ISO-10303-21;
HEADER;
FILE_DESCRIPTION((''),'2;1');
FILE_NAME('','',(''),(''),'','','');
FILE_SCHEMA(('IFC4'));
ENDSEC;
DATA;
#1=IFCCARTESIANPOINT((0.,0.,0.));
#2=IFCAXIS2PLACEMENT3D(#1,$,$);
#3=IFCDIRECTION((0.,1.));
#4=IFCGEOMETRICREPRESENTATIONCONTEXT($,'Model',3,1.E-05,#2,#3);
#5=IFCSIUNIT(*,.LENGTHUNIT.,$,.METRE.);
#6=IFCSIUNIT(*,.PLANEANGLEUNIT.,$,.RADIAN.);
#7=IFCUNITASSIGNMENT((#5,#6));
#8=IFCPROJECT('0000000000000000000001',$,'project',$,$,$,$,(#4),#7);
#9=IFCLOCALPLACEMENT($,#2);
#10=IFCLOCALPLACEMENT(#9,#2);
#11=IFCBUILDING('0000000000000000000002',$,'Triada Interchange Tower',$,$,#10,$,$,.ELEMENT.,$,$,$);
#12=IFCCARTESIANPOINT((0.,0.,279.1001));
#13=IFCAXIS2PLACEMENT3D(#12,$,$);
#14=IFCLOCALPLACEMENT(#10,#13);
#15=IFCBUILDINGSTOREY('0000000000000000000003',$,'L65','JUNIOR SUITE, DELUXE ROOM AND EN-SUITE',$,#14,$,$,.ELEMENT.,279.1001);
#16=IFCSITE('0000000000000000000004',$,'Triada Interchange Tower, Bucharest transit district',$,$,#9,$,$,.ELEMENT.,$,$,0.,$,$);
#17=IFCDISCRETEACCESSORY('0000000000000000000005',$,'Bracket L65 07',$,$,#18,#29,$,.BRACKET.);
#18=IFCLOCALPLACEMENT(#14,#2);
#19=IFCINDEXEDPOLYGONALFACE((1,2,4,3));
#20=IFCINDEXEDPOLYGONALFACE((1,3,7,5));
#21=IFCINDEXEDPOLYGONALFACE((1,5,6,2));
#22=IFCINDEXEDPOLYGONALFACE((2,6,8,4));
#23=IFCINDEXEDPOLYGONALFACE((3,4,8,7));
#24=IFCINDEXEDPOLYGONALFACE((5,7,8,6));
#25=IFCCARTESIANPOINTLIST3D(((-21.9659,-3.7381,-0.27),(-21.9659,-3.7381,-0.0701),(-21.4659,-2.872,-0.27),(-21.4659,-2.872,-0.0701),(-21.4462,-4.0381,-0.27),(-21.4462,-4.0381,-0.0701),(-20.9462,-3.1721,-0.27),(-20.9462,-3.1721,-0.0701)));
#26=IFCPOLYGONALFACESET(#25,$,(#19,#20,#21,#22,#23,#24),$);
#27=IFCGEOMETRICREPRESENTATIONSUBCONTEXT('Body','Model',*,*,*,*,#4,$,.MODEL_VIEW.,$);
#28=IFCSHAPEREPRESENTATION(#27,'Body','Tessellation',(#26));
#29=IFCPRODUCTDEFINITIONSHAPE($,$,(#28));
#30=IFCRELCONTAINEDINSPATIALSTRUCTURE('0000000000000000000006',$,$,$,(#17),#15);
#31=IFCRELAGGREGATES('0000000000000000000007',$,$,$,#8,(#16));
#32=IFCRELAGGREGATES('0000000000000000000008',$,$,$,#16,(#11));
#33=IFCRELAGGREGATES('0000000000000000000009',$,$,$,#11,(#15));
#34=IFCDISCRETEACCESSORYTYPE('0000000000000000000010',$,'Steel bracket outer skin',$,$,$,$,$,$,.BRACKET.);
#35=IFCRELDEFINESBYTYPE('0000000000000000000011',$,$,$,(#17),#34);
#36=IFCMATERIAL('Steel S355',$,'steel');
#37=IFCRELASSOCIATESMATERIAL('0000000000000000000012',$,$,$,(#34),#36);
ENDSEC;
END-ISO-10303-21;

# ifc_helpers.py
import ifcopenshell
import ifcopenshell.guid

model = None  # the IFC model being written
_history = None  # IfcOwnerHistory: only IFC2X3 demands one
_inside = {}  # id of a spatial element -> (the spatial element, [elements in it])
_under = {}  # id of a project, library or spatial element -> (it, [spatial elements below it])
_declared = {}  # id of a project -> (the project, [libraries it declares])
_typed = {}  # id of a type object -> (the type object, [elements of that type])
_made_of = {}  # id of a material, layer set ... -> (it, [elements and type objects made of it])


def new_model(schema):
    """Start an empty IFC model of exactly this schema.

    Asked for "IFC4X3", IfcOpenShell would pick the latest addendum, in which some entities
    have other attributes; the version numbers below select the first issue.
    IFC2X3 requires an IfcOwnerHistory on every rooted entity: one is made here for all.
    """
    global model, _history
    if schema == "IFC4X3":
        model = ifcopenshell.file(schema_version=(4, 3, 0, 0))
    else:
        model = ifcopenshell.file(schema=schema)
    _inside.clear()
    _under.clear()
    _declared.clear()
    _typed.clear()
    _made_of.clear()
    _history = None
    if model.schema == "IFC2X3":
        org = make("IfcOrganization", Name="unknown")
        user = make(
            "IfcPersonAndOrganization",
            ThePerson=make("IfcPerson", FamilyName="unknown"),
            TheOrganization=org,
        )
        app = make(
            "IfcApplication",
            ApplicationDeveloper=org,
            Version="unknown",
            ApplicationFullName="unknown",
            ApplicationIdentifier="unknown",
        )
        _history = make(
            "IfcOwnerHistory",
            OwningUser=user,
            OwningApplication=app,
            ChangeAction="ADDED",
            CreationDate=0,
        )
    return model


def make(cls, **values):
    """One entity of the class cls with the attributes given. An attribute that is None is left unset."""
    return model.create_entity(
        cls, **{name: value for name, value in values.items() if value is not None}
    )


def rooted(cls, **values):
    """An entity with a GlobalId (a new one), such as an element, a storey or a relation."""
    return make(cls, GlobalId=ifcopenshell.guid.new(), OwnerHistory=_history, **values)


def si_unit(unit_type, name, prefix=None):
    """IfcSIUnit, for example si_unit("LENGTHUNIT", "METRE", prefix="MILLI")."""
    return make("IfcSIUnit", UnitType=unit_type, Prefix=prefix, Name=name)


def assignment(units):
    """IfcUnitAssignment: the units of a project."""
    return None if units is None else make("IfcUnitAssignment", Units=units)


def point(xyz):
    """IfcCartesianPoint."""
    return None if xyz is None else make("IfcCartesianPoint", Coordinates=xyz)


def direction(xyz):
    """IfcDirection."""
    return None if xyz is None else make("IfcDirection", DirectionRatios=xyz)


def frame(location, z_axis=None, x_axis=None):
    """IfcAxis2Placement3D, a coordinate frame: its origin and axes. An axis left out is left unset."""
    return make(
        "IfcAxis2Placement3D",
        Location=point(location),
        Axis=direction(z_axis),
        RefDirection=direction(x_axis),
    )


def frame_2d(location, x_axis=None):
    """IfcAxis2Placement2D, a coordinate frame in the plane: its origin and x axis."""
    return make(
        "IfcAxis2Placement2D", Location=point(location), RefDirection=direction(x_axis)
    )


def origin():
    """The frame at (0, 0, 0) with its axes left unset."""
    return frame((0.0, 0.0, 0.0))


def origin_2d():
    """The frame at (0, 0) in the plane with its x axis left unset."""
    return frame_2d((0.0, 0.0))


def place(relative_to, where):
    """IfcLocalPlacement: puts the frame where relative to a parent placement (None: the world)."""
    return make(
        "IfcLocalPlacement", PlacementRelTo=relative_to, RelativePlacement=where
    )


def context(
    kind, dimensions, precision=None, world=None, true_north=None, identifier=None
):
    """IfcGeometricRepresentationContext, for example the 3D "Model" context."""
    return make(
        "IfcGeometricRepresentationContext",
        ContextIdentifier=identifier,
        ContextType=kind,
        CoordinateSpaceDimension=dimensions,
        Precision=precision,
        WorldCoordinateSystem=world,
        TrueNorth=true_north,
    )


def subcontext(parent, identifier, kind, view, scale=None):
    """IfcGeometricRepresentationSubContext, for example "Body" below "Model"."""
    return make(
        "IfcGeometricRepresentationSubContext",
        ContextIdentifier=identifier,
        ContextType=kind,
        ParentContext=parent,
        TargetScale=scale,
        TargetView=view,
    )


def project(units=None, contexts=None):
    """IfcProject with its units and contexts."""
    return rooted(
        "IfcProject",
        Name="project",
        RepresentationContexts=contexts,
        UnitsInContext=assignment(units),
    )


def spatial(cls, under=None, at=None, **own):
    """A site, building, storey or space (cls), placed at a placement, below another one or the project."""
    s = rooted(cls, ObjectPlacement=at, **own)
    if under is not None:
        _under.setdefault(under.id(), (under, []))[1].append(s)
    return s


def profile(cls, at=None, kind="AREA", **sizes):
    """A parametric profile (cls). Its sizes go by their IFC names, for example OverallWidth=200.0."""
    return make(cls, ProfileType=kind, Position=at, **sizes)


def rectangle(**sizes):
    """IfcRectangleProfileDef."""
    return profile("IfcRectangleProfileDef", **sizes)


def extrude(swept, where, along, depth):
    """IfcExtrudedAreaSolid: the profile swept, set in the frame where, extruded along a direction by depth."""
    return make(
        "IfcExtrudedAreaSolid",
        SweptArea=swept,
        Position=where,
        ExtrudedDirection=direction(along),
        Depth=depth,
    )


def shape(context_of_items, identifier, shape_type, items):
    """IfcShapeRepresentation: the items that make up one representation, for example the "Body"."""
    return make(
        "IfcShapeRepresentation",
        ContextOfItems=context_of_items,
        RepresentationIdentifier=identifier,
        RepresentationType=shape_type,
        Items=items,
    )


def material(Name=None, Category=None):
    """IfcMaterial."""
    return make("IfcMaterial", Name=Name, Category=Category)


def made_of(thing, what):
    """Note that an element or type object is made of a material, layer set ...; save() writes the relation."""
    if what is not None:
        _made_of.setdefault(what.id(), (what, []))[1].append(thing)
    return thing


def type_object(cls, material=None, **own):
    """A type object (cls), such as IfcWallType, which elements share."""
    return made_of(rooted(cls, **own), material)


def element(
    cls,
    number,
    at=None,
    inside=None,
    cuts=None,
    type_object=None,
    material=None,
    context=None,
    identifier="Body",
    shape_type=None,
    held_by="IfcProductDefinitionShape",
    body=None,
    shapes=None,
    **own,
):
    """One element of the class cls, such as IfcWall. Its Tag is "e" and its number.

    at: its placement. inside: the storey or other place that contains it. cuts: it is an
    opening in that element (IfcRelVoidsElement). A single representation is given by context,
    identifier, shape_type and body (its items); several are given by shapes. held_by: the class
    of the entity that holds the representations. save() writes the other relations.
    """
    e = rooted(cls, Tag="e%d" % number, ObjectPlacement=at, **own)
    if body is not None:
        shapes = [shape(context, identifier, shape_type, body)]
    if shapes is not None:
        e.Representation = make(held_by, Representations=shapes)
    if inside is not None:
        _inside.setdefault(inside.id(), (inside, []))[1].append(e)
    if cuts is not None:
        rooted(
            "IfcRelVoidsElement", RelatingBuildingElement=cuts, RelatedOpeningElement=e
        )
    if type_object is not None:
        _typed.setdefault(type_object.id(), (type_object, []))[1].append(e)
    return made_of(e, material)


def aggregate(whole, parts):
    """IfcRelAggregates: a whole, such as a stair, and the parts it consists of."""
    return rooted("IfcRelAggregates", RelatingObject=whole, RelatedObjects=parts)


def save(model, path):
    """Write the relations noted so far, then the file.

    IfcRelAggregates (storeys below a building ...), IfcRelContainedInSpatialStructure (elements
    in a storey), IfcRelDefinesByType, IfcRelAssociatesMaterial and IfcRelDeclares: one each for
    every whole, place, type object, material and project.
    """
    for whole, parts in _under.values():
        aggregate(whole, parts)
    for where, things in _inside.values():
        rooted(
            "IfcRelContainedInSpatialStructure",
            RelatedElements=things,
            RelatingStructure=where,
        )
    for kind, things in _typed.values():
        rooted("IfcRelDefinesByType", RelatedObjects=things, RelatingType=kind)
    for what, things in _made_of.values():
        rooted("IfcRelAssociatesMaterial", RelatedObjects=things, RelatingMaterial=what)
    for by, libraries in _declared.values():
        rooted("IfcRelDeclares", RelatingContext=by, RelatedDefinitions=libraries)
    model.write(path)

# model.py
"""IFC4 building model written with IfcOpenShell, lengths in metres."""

from ifc_helpers import new_model, si_unit, direction, frame, origin, origin_2d, place, context, subcontext, project, spatial, rectangle, extrude, material, type_object, element, save


model = new_model("IFC4")

# Units and contexts
model_context = context("Model", 3, precision=1e-05, world=origin(), true_north=direction((0.0, 1.0)))
body_context = subcontext(model_context, "Body", "Model", "MODEL_VIEW")
ifc_project = project(units=[si_unit("LENGTHUNIT", "METRE"), si_unit("PLANEANGLEUNIT", "RADIAN")], contexts=[model_context])

# Site, building, storey
site_placement = place(None, origin())
site = spatial("IfcSite", under=ifc_project, at=site_placement, Name="Triada Interchange Tower, Bucharest transit district", CompositionType="ELEMENT", RefElevation=0.0)
building_placement = place(site_placement, origin())
building = spatial("IfcBuilding", under=site, at=building_placement, Name="Triada Interchange Tower", CompositionType="ELEMENT")
storey_placement = place(building_placement, frame((0.0, 0.0, 279.1001)))
storey = spatial("IfcBuildingStorey", under=building, at=storey_placement, Name="L65", Description="JUNIOR SUITE, DELUXE ROOM AND EN-SUITE", CompositionType="ELEMENT", Elevation=279.1001)

# Discrete accessory
ifc_material_1 = material(Name="Steel S355", Category="steel")
discrete_accessory_type = type_object("IfcDiscreteAccessoryType", Name="Steel bracket outer skin", PredefinedType="BRACKET", material=ifc_material_1)
discrete_accessory_placement = place(storey_placement, frame((-21.4561, -3.4551, -0.27), z_axis=(0.0, 0.0, 1.0), x_axis=(-0.866024, 0.500002, 0.0)))
element("IfcDiscreteAccessory", 1, at=discrete_accessory_placement, inside=storey, type_object=discrete_accessory_type, Name="Bracket L65 07", PredefinedType="BRACKET", context=body_context, shape_type="SweptSolid", body=[
    extrude(rectangle(XDim=0.6001, YDim=1.0, at=origin_2d()), origin(), (0.0, 0.0, 1.0), 0.2),
])

save(model, "model.ifc")
